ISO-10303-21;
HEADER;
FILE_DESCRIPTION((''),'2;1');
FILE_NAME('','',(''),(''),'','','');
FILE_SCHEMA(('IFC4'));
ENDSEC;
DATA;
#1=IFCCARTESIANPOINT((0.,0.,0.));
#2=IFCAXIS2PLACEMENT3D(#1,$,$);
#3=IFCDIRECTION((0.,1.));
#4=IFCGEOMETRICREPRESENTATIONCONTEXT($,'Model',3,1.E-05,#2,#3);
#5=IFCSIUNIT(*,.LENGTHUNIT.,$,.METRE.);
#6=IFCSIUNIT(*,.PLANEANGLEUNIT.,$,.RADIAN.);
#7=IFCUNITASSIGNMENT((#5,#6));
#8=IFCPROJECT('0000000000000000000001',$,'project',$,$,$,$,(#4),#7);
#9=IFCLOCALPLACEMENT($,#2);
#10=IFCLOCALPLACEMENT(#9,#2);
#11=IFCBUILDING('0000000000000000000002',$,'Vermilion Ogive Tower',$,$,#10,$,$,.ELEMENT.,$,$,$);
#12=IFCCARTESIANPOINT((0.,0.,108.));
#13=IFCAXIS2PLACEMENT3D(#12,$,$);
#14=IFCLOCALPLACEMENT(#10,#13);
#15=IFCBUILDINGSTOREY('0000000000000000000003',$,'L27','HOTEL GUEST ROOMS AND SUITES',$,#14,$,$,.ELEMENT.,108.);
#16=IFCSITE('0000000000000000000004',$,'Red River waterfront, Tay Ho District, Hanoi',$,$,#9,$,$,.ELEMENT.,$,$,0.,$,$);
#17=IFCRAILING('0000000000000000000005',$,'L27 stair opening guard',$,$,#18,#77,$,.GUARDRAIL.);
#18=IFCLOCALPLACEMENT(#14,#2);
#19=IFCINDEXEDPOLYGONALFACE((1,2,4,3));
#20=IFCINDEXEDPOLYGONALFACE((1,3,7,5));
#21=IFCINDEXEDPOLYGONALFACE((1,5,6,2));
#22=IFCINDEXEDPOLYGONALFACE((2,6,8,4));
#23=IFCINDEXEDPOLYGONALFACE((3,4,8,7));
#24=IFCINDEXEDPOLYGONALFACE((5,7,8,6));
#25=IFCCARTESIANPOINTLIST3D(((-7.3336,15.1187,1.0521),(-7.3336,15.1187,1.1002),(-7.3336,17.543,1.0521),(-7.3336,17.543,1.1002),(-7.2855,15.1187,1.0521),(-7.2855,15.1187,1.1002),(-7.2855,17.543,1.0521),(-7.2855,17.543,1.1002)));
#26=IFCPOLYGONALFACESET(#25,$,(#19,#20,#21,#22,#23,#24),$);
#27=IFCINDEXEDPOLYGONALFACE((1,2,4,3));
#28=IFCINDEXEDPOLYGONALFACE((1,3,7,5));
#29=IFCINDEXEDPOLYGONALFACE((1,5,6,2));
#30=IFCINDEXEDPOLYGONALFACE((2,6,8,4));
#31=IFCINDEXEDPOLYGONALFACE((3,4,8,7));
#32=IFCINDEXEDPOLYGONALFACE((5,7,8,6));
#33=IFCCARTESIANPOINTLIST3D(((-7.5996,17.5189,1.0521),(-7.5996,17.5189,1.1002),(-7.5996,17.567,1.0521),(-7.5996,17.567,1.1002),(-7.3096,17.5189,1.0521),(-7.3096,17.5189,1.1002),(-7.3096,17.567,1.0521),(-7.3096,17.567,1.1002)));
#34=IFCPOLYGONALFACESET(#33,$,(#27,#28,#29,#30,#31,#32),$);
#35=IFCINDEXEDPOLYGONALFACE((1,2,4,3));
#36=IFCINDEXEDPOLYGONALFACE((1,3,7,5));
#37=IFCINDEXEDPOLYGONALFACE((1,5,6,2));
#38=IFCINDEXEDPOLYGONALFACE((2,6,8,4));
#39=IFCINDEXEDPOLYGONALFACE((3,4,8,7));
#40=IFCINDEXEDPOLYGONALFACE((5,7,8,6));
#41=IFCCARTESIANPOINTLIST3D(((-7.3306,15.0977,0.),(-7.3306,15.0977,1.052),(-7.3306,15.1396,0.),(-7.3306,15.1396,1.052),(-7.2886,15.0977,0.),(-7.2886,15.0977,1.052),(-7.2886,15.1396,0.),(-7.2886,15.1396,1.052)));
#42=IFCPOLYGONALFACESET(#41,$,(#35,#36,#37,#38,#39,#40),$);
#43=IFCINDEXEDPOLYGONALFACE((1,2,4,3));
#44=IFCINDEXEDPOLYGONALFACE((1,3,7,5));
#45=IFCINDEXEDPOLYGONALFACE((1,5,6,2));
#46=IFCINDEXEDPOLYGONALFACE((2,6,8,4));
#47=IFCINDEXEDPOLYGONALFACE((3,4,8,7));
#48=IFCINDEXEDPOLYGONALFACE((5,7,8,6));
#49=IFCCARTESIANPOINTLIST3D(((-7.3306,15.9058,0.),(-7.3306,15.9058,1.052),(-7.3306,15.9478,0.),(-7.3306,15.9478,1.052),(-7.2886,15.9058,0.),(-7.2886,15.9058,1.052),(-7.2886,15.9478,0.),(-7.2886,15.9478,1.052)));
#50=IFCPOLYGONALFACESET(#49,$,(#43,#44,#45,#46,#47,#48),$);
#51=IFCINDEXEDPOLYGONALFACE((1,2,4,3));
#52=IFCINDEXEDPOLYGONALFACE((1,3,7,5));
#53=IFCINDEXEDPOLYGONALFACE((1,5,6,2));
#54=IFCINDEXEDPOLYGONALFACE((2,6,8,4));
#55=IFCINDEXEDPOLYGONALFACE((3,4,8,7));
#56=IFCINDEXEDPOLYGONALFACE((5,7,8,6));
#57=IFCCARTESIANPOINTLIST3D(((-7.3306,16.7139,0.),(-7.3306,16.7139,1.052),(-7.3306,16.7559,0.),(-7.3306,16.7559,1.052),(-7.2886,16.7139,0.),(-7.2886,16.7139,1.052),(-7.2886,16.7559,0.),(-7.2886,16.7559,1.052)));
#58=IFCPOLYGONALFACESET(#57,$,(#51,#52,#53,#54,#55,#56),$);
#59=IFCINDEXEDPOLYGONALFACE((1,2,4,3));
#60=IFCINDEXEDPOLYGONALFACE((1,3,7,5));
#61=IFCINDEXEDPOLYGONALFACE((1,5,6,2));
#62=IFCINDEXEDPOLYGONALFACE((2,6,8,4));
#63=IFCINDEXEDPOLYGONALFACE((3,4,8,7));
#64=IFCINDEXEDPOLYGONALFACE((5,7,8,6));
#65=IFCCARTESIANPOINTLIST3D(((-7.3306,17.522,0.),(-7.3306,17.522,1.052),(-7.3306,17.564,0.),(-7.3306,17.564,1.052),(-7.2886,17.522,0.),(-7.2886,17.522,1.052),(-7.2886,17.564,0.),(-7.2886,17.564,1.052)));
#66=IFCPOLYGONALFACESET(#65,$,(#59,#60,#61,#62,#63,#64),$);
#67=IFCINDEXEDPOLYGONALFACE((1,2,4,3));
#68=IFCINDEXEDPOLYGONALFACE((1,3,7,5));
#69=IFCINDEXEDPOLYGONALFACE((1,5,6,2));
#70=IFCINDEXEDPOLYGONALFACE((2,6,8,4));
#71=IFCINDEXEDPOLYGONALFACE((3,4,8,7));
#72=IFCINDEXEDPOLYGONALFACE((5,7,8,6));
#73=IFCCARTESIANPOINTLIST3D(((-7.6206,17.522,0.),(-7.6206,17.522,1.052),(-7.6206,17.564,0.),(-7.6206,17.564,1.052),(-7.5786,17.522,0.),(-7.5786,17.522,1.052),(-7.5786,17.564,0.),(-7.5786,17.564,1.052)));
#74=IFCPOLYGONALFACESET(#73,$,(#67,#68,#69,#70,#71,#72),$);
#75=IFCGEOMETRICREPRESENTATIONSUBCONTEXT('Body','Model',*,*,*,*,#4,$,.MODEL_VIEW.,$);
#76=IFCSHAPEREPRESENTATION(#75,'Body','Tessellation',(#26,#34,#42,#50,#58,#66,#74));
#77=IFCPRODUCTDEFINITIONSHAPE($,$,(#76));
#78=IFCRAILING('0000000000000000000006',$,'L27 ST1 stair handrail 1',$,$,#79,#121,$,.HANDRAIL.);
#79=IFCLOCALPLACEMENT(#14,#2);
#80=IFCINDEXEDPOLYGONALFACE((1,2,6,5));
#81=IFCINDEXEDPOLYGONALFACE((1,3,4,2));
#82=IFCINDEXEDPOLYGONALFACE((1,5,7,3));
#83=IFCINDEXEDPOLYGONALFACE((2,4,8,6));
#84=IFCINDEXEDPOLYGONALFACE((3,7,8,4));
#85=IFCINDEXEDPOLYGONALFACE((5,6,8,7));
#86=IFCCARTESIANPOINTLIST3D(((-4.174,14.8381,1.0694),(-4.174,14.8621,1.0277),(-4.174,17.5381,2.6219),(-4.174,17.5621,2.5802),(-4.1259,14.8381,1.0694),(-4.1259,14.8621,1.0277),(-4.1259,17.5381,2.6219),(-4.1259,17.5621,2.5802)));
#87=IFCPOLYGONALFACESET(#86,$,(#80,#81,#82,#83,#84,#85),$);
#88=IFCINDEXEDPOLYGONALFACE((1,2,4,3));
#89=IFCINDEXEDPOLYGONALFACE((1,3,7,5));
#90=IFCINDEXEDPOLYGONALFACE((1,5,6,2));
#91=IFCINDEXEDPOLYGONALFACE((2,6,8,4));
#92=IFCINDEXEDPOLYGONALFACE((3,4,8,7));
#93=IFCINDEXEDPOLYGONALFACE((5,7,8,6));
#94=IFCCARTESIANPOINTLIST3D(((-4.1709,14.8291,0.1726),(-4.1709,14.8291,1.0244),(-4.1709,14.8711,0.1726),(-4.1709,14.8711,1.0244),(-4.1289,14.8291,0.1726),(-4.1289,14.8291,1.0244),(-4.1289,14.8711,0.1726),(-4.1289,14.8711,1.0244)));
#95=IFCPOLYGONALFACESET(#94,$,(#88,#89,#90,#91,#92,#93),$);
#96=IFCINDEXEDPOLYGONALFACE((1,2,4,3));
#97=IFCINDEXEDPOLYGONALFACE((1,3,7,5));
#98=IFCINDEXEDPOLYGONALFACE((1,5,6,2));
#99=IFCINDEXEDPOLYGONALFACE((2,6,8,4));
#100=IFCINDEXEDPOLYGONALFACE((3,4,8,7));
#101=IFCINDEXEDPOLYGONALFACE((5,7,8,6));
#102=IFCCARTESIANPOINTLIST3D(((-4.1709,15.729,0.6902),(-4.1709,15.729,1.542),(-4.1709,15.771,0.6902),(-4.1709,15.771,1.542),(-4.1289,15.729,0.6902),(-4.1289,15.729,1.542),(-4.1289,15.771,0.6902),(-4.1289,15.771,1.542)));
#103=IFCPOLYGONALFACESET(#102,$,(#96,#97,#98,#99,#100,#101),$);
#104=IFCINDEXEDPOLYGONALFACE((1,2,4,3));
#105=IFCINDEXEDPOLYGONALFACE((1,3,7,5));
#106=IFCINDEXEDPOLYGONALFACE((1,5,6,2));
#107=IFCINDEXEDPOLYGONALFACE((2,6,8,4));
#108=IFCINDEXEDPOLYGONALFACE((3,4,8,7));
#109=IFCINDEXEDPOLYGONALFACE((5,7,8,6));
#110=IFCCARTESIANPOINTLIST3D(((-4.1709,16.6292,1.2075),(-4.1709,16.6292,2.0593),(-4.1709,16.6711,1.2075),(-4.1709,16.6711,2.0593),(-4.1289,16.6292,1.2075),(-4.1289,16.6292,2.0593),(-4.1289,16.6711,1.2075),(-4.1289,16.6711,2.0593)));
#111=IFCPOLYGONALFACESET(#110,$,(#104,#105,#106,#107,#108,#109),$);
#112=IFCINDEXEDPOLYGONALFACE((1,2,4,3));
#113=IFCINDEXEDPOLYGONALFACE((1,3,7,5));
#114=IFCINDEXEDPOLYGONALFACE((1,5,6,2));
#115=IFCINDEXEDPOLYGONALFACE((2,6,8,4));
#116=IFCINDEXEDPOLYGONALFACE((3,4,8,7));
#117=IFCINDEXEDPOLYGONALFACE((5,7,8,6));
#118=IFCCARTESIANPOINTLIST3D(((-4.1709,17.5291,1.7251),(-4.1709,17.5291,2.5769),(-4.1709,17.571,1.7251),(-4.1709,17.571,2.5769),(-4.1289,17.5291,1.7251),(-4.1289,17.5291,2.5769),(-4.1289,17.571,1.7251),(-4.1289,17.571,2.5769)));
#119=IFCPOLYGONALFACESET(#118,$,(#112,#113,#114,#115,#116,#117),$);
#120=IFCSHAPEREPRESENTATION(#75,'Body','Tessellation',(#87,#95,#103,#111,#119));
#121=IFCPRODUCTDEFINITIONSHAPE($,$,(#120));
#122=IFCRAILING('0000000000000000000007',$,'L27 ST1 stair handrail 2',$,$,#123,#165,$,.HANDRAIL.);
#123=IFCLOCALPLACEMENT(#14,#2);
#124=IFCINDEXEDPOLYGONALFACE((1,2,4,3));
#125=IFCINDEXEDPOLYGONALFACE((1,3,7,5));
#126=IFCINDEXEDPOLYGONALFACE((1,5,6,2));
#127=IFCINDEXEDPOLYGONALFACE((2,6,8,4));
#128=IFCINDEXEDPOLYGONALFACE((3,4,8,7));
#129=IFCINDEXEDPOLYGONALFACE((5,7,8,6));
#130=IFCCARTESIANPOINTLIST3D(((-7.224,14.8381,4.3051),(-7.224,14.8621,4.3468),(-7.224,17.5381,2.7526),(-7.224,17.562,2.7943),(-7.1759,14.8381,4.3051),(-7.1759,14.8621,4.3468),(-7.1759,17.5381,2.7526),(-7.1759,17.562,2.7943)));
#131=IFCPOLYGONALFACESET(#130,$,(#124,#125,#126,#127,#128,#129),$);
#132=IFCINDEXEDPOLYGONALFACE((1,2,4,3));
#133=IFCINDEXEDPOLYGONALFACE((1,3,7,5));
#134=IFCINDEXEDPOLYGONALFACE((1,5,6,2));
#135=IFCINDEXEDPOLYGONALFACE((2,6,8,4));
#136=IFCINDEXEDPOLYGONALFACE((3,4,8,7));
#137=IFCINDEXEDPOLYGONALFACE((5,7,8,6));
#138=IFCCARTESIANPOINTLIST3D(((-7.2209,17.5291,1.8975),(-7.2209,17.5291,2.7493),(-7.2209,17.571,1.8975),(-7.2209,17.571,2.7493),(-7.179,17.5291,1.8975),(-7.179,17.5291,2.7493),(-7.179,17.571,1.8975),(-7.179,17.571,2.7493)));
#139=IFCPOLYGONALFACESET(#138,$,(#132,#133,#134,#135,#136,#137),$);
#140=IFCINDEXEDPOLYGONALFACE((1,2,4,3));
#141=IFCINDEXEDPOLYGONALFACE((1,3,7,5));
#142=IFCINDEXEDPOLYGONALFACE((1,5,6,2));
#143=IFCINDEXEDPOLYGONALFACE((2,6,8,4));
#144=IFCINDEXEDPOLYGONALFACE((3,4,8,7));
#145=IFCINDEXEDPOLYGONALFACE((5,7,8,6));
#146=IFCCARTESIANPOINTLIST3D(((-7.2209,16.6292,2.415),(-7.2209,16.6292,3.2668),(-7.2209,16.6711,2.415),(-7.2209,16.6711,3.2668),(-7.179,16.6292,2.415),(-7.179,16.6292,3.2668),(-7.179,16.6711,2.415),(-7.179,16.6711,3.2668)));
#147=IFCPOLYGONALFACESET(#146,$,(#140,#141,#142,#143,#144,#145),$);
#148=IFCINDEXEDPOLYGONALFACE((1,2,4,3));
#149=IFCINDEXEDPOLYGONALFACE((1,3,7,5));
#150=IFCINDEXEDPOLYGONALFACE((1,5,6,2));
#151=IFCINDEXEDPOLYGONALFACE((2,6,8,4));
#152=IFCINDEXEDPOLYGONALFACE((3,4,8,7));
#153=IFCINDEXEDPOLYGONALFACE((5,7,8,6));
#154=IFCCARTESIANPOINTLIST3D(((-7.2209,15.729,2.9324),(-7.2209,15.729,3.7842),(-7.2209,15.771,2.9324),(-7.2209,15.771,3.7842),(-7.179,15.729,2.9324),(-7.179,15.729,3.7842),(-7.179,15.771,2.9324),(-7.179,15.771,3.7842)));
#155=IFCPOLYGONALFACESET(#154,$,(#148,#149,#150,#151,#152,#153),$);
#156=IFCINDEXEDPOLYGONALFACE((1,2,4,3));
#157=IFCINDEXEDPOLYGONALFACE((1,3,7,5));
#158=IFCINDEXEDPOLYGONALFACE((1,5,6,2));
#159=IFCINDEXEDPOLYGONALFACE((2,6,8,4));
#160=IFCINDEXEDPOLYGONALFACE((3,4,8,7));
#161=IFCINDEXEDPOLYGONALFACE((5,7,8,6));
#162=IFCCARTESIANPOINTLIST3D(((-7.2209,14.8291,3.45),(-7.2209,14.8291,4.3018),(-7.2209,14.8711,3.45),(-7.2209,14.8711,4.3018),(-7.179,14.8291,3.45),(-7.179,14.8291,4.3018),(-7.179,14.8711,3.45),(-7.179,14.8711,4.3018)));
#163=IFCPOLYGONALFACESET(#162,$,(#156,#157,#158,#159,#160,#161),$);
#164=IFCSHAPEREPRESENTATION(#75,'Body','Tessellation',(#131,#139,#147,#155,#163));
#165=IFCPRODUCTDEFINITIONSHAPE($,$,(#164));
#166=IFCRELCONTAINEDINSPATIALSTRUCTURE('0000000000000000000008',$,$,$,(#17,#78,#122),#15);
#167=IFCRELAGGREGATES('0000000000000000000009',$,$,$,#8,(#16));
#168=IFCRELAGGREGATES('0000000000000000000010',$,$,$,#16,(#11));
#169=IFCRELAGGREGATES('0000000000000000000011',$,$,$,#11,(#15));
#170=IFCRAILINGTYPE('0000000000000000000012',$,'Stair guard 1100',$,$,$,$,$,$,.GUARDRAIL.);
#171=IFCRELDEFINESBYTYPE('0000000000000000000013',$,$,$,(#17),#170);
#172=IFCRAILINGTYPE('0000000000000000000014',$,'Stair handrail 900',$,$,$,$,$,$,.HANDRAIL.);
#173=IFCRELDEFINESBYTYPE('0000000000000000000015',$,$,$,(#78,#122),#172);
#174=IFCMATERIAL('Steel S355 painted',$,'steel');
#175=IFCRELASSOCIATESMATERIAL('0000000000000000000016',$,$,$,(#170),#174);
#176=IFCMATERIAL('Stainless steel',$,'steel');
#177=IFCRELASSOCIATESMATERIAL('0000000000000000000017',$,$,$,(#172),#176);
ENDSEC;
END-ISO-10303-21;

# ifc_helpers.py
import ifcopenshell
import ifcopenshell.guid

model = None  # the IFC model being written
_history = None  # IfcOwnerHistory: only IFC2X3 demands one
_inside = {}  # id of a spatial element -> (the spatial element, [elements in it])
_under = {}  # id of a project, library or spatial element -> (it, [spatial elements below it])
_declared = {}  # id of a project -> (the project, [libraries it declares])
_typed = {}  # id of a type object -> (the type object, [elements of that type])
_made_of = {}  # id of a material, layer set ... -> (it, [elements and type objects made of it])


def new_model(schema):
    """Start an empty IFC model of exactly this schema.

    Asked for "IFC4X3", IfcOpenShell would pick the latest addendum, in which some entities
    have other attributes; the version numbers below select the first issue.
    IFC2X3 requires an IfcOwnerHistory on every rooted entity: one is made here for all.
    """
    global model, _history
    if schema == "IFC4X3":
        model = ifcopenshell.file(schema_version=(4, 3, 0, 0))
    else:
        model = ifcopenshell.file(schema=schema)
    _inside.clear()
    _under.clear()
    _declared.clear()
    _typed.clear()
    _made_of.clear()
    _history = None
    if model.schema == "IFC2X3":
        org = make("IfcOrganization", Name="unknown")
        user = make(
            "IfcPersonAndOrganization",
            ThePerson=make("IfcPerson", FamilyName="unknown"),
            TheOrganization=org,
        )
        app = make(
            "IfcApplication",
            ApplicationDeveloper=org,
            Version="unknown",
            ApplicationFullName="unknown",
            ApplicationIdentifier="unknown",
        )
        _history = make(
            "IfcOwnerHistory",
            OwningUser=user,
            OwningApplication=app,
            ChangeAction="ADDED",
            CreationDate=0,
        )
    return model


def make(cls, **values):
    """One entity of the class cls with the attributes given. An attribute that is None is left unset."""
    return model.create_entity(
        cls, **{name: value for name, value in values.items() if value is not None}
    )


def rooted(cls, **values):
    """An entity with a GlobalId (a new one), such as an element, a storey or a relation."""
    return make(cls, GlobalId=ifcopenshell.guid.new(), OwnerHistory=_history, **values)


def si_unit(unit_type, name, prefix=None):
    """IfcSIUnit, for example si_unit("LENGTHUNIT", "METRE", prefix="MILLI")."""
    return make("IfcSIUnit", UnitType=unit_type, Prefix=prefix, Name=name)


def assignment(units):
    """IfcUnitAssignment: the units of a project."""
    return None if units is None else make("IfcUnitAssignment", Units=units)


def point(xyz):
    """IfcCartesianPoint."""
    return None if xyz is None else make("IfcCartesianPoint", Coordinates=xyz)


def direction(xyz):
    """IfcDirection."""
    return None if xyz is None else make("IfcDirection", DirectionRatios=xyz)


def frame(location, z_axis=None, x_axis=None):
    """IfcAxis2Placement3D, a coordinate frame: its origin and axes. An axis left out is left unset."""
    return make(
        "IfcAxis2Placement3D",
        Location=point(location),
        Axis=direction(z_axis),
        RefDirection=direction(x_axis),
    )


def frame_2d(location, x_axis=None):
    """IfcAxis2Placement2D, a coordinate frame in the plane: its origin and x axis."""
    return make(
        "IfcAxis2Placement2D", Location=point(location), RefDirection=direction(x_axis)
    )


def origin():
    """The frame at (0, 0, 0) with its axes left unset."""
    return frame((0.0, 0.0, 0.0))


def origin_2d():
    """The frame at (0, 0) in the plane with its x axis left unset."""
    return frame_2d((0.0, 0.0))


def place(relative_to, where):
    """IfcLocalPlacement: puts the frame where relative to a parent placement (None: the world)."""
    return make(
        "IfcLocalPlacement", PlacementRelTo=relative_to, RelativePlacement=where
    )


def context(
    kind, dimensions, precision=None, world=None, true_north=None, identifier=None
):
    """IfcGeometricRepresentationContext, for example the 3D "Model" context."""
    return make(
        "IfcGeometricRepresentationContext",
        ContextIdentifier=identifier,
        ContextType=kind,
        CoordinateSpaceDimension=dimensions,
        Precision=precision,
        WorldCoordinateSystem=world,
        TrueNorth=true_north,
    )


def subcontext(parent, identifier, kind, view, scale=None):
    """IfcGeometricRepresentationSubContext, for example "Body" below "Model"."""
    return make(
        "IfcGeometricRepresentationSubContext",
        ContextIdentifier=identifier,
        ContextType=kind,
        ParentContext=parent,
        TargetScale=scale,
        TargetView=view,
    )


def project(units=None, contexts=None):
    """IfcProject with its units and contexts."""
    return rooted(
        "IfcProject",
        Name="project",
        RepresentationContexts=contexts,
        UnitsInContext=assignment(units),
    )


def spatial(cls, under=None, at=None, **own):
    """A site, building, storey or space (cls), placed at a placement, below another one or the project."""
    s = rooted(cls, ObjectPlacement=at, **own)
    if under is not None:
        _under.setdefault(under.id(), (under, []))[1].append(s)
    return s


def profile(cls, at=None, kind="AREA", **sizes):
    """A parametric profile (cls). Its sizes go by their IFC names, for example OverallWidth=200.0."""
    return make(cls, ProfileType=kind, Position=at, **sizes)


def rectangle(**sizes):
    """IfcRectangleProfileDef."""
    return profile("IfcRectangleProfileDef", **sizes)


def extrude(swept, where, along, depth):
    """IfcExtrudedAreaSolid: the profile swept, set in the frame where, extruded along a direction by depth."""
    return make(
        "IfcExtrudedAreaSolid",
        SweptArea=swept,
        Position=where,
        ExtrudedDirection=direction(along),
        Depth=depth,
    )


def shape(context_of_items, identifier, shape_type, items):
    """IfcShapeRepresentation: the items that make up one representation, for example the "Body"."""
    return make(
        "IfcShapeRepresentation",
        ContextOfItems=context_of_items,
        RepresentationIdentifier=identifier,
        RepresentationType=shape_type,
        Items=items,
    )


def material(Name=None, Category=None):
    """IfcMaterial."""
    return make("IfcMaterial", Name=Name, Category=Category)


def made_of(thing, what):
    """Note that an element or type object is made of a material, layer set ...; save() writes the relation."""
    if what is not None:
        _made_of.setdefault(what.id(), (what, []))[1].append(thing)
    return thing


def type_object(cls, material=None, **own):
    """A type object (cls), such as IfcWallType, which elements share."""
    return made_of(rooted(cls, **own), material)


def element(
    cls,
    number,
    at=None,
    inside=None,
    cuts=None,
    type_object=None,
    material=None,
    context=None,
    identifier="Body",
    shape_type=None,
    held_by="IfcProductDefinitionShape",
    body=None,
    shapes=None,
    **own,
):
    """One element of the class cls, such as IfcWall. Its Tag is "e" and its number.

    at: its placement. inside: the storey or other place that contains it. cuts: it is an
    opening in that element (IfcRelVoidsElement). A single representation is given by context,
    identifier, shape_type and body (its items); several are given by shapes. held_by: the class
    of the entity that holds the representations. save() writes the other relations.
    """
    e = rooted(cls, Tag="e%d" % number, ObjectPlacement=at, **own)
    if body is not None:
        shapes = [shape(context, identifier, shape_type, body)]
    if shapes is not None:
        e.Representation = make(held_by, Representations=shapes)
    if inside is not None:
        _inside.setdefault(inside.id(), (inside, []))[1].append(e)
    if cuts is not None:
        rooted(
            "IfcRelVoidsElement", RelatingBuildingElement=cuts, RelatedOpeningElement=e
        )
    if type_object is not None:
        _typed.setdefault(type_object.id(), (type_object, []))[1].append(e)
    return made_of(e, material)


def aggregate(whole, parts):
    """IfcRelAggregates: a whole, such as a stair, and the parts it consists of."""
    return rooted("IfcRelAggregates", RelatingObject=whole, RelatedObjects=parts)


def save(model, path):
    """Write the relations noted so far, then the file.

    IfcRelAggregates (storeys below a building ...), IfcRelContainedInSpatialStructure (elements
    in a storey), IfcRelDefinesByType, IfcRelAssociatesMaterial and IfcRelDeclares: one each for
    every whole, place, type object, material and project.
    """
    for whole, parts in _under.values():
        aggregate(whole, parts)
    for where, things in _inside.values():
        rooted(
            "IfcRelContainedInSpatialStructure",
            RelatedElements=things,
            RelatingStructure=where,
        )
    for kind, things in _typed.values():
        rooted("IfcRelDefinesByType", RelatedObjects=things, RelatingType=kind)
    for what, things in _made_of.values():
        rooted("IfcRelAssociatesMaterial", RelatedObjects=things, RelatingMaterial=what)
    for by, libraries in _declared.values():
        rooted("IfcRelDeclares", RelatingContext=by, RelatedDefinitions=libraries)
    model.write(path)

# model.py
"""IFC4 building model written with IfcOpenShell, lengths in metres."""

from ifc_helpers import new_model, si_unit, direction, frame, origin, origin_2d, place, context, subcontext, project, spatial, rectangle, extrude, material, type_object, element, save


model = new_model("IFC4")

# Units and contexts
model_context = context("Model", 3, precision=1e-05, world=origin(), true_north=direction((0.0, 1.0)))
body_context = subcontext(model_context, "Body", "Model", "MODEL_VIEW")
ifc_project = project(units=[si_unit("LENGTHUNIT", "METRE"), si_unit("PLANEANGLEUNIT", "RADIAN")], contexts=[model_context])

# Site, building, storey
site_placement = place(None, origin())
site = spatial("IfcSite", under=ifc_project, at=site_placement, Name="Red River waterfront, Tay Ho District, Hanoi", CompositionType="ELEMENT", RefElevation=0.0)
building_placement = place(site_placement, origin())
building = spatial("IfcBuilding", under=site, at=building_placement, Name="Vermilion Ogive Tower", CompositionType="ELEMENT")
storey_placement = place(building_placement, frame((0.0, 0.0, 108.0)))
storey = spatial("IfcBuildingStorey", under=building, at=storey_placement, Name="L27", Description="HOTEL GUEST ROOMS AND SUITES", CompositionType="ELEMENT", Elevation=108.0)

# Railings
ifc_material_1 = material(Name="Steel S355 painted", Category="steel")
railing_type_1 = type_object("IfcRailingType", Name="Stair guard 1100", PredefinedType="GUARDRAIL", material=ifc_material_1)
railing_1_placement = place(storey_placement, frame((-7.3096, 15.1187, 0.0)))
element("IfcRailing", 1, at=railing_1_placement, inside=storey, type_object=railing_type_1, Name="L27 stair opening guard", PredefinedType="GUARDRAIL", context=body_context, shape_type="SweptSolid", body=[
    extrude(rectangle(XDim=0.0481, YDim=0.0481, at=origin_2d()), frame((0.0, 0.0, 1.0762), z_axis=(0.0, 1.0, 0.0), x_axis=(-1.0, 0.0, 0.0)), (0.0, 0.0, 1.0), 2.4243),
    extrude(rectangle(XDim=0.0481, YDim=0.0481, at=origin_2d()), frame((0.0, 2.4243, 1.0762), z_axis=(-1.0, 0.0, 0.0), x_axis=(0.0, -1.0, 0.0)), (0.0, 0.0, 1.0), 0.29),
    extrude(rectangle(XDim=0.042, YDim=0.042, at=origin_2d()), origin(), (0.0, 0.0, 1.0), 1.052),
    extrude(rectangle(XDim=0.042, YDim=0.042, at=origin_2d()), frame((0.0, 0.8081, 0.0)), (0.0, 0.0, 1.0), 1.052),
    extrude(rectangle(XDim=0.042, YDim=0.042, at=origin_2d()), frame((0.0, 1.6162, 0.0)), (0.0, 0.0, 1.0), 1.052),
    extrude(rectangle(XDim=0.042, YDim=0.042, at=origin_2d()), frame((0.0, 2.4243, 0.0)), (0.0, 0.0, 1.0), 1.052),
    extrude(rectangle(XDim=0.042, YDim=0.042, at=origin_2d()), frame((-0.29, 2.4243, 0.0)), (0.0, 0.0, 1.0), 1.052),
])
ifc_material_2 = material(Name="Stainless steel", Category="steel")
railing_type_2 = type_object("IfcRailingType", Name="Stair handrail 900", PredefinedType="HANDRAIL", material=ifc_material_2)
railing_2_placement = place(storey_placement, frame((-4.1499, 14.8501, 0.1726)))
element("IfcRailing", 2, at=railing_2_placement, inside=storey, type_object=railing_type_2, Name="L27 ST1 stair handrail 1", PredefinedType="HANDRAIL", context=body_context, shape_type="SweptSolid", body=[
    extrude(rectangle(XDim=0.0481, YDim=0.0481, at=origin_2d()), frame((0.0, 0.0, 0.876), z_axis=(0.0, 0.866904, 0.498476), x_axis=(-1.0, 0.0, 0.0)), (0.0, 0.0, 1.0), 3.1145),
    extrude(rectangle(XDim=0.042, YDim=0.042, at=origin_2d()), origin(), (0.0, 0.0, 1.0), 0.8518),
    extrude(rectangle(XDim=0.042, YDim=0.042, at=origin_2d()), frame((0.0, 0.8999, 0.5176)), (0.0, 0.0, 1.0), 0.8518),
    extrude(rectangle(XDim=0.042, YDim=0.042, at=origin_2d()), frame((0.0, 1.8, 1.0349)), (0.0, 0.0, 1.0), 0.8518),
    extrude(rectangle(XDim=0.042, YDim=0.042, at=origin_2d()), frame((0.0, 2.7, 1.5525)), (0.0, 0.0, 1.0), 0.8518),
])
railing_3_placement = place(storey_placement, frame((-7.2, 17.55, 1.8975)))
element("IfcRailing", 3, at=railing_3_placement, inside=storey, type_object=railing_type_2, Name="L27 ST1 stair handrail 2", PredefinedType="HANDRAIL", context=body_context, shape_type="SweptSolid", body=[
    extrude(rectangle(XDim=0.0481, YDim=0.0481, at=origin_2d()), frame((0.0, 0.0, 0.876), z_axis=(0.0, -0.866904, 0.498476), x_axis=(1.0, 0.0, 0.0)), (0.0, 0.0, 1.0), 3.1145),
    extrude(rectangle(XDim=0.042, YDim=0.042, at=origin_2d()), origin(), (0.0, 0.0, 1.0), 0.8518),
    extrude(rectangle(XDim=0.042, YDim=0.042, at=origin_2d()), frame((0.0, -0.8999, 0.5176)), (0.0, 0.0, 1.0), 0.8518),
    extrude(rectangle(XDim=0.042, YDim=0.042, at=origin_2d()), frame((0.0, -1.8, 1.0349)), (0.0, 0.0, 1.0), 0.8518),
    extrude(rectangle(XDim=0.042, YDim=0.042, at=origin_2d()), frame((0.0, -2.7, 1.5525)), (0.0, 0.0, 1.0), 0.8518),
])

save(model, "model.ifc")
